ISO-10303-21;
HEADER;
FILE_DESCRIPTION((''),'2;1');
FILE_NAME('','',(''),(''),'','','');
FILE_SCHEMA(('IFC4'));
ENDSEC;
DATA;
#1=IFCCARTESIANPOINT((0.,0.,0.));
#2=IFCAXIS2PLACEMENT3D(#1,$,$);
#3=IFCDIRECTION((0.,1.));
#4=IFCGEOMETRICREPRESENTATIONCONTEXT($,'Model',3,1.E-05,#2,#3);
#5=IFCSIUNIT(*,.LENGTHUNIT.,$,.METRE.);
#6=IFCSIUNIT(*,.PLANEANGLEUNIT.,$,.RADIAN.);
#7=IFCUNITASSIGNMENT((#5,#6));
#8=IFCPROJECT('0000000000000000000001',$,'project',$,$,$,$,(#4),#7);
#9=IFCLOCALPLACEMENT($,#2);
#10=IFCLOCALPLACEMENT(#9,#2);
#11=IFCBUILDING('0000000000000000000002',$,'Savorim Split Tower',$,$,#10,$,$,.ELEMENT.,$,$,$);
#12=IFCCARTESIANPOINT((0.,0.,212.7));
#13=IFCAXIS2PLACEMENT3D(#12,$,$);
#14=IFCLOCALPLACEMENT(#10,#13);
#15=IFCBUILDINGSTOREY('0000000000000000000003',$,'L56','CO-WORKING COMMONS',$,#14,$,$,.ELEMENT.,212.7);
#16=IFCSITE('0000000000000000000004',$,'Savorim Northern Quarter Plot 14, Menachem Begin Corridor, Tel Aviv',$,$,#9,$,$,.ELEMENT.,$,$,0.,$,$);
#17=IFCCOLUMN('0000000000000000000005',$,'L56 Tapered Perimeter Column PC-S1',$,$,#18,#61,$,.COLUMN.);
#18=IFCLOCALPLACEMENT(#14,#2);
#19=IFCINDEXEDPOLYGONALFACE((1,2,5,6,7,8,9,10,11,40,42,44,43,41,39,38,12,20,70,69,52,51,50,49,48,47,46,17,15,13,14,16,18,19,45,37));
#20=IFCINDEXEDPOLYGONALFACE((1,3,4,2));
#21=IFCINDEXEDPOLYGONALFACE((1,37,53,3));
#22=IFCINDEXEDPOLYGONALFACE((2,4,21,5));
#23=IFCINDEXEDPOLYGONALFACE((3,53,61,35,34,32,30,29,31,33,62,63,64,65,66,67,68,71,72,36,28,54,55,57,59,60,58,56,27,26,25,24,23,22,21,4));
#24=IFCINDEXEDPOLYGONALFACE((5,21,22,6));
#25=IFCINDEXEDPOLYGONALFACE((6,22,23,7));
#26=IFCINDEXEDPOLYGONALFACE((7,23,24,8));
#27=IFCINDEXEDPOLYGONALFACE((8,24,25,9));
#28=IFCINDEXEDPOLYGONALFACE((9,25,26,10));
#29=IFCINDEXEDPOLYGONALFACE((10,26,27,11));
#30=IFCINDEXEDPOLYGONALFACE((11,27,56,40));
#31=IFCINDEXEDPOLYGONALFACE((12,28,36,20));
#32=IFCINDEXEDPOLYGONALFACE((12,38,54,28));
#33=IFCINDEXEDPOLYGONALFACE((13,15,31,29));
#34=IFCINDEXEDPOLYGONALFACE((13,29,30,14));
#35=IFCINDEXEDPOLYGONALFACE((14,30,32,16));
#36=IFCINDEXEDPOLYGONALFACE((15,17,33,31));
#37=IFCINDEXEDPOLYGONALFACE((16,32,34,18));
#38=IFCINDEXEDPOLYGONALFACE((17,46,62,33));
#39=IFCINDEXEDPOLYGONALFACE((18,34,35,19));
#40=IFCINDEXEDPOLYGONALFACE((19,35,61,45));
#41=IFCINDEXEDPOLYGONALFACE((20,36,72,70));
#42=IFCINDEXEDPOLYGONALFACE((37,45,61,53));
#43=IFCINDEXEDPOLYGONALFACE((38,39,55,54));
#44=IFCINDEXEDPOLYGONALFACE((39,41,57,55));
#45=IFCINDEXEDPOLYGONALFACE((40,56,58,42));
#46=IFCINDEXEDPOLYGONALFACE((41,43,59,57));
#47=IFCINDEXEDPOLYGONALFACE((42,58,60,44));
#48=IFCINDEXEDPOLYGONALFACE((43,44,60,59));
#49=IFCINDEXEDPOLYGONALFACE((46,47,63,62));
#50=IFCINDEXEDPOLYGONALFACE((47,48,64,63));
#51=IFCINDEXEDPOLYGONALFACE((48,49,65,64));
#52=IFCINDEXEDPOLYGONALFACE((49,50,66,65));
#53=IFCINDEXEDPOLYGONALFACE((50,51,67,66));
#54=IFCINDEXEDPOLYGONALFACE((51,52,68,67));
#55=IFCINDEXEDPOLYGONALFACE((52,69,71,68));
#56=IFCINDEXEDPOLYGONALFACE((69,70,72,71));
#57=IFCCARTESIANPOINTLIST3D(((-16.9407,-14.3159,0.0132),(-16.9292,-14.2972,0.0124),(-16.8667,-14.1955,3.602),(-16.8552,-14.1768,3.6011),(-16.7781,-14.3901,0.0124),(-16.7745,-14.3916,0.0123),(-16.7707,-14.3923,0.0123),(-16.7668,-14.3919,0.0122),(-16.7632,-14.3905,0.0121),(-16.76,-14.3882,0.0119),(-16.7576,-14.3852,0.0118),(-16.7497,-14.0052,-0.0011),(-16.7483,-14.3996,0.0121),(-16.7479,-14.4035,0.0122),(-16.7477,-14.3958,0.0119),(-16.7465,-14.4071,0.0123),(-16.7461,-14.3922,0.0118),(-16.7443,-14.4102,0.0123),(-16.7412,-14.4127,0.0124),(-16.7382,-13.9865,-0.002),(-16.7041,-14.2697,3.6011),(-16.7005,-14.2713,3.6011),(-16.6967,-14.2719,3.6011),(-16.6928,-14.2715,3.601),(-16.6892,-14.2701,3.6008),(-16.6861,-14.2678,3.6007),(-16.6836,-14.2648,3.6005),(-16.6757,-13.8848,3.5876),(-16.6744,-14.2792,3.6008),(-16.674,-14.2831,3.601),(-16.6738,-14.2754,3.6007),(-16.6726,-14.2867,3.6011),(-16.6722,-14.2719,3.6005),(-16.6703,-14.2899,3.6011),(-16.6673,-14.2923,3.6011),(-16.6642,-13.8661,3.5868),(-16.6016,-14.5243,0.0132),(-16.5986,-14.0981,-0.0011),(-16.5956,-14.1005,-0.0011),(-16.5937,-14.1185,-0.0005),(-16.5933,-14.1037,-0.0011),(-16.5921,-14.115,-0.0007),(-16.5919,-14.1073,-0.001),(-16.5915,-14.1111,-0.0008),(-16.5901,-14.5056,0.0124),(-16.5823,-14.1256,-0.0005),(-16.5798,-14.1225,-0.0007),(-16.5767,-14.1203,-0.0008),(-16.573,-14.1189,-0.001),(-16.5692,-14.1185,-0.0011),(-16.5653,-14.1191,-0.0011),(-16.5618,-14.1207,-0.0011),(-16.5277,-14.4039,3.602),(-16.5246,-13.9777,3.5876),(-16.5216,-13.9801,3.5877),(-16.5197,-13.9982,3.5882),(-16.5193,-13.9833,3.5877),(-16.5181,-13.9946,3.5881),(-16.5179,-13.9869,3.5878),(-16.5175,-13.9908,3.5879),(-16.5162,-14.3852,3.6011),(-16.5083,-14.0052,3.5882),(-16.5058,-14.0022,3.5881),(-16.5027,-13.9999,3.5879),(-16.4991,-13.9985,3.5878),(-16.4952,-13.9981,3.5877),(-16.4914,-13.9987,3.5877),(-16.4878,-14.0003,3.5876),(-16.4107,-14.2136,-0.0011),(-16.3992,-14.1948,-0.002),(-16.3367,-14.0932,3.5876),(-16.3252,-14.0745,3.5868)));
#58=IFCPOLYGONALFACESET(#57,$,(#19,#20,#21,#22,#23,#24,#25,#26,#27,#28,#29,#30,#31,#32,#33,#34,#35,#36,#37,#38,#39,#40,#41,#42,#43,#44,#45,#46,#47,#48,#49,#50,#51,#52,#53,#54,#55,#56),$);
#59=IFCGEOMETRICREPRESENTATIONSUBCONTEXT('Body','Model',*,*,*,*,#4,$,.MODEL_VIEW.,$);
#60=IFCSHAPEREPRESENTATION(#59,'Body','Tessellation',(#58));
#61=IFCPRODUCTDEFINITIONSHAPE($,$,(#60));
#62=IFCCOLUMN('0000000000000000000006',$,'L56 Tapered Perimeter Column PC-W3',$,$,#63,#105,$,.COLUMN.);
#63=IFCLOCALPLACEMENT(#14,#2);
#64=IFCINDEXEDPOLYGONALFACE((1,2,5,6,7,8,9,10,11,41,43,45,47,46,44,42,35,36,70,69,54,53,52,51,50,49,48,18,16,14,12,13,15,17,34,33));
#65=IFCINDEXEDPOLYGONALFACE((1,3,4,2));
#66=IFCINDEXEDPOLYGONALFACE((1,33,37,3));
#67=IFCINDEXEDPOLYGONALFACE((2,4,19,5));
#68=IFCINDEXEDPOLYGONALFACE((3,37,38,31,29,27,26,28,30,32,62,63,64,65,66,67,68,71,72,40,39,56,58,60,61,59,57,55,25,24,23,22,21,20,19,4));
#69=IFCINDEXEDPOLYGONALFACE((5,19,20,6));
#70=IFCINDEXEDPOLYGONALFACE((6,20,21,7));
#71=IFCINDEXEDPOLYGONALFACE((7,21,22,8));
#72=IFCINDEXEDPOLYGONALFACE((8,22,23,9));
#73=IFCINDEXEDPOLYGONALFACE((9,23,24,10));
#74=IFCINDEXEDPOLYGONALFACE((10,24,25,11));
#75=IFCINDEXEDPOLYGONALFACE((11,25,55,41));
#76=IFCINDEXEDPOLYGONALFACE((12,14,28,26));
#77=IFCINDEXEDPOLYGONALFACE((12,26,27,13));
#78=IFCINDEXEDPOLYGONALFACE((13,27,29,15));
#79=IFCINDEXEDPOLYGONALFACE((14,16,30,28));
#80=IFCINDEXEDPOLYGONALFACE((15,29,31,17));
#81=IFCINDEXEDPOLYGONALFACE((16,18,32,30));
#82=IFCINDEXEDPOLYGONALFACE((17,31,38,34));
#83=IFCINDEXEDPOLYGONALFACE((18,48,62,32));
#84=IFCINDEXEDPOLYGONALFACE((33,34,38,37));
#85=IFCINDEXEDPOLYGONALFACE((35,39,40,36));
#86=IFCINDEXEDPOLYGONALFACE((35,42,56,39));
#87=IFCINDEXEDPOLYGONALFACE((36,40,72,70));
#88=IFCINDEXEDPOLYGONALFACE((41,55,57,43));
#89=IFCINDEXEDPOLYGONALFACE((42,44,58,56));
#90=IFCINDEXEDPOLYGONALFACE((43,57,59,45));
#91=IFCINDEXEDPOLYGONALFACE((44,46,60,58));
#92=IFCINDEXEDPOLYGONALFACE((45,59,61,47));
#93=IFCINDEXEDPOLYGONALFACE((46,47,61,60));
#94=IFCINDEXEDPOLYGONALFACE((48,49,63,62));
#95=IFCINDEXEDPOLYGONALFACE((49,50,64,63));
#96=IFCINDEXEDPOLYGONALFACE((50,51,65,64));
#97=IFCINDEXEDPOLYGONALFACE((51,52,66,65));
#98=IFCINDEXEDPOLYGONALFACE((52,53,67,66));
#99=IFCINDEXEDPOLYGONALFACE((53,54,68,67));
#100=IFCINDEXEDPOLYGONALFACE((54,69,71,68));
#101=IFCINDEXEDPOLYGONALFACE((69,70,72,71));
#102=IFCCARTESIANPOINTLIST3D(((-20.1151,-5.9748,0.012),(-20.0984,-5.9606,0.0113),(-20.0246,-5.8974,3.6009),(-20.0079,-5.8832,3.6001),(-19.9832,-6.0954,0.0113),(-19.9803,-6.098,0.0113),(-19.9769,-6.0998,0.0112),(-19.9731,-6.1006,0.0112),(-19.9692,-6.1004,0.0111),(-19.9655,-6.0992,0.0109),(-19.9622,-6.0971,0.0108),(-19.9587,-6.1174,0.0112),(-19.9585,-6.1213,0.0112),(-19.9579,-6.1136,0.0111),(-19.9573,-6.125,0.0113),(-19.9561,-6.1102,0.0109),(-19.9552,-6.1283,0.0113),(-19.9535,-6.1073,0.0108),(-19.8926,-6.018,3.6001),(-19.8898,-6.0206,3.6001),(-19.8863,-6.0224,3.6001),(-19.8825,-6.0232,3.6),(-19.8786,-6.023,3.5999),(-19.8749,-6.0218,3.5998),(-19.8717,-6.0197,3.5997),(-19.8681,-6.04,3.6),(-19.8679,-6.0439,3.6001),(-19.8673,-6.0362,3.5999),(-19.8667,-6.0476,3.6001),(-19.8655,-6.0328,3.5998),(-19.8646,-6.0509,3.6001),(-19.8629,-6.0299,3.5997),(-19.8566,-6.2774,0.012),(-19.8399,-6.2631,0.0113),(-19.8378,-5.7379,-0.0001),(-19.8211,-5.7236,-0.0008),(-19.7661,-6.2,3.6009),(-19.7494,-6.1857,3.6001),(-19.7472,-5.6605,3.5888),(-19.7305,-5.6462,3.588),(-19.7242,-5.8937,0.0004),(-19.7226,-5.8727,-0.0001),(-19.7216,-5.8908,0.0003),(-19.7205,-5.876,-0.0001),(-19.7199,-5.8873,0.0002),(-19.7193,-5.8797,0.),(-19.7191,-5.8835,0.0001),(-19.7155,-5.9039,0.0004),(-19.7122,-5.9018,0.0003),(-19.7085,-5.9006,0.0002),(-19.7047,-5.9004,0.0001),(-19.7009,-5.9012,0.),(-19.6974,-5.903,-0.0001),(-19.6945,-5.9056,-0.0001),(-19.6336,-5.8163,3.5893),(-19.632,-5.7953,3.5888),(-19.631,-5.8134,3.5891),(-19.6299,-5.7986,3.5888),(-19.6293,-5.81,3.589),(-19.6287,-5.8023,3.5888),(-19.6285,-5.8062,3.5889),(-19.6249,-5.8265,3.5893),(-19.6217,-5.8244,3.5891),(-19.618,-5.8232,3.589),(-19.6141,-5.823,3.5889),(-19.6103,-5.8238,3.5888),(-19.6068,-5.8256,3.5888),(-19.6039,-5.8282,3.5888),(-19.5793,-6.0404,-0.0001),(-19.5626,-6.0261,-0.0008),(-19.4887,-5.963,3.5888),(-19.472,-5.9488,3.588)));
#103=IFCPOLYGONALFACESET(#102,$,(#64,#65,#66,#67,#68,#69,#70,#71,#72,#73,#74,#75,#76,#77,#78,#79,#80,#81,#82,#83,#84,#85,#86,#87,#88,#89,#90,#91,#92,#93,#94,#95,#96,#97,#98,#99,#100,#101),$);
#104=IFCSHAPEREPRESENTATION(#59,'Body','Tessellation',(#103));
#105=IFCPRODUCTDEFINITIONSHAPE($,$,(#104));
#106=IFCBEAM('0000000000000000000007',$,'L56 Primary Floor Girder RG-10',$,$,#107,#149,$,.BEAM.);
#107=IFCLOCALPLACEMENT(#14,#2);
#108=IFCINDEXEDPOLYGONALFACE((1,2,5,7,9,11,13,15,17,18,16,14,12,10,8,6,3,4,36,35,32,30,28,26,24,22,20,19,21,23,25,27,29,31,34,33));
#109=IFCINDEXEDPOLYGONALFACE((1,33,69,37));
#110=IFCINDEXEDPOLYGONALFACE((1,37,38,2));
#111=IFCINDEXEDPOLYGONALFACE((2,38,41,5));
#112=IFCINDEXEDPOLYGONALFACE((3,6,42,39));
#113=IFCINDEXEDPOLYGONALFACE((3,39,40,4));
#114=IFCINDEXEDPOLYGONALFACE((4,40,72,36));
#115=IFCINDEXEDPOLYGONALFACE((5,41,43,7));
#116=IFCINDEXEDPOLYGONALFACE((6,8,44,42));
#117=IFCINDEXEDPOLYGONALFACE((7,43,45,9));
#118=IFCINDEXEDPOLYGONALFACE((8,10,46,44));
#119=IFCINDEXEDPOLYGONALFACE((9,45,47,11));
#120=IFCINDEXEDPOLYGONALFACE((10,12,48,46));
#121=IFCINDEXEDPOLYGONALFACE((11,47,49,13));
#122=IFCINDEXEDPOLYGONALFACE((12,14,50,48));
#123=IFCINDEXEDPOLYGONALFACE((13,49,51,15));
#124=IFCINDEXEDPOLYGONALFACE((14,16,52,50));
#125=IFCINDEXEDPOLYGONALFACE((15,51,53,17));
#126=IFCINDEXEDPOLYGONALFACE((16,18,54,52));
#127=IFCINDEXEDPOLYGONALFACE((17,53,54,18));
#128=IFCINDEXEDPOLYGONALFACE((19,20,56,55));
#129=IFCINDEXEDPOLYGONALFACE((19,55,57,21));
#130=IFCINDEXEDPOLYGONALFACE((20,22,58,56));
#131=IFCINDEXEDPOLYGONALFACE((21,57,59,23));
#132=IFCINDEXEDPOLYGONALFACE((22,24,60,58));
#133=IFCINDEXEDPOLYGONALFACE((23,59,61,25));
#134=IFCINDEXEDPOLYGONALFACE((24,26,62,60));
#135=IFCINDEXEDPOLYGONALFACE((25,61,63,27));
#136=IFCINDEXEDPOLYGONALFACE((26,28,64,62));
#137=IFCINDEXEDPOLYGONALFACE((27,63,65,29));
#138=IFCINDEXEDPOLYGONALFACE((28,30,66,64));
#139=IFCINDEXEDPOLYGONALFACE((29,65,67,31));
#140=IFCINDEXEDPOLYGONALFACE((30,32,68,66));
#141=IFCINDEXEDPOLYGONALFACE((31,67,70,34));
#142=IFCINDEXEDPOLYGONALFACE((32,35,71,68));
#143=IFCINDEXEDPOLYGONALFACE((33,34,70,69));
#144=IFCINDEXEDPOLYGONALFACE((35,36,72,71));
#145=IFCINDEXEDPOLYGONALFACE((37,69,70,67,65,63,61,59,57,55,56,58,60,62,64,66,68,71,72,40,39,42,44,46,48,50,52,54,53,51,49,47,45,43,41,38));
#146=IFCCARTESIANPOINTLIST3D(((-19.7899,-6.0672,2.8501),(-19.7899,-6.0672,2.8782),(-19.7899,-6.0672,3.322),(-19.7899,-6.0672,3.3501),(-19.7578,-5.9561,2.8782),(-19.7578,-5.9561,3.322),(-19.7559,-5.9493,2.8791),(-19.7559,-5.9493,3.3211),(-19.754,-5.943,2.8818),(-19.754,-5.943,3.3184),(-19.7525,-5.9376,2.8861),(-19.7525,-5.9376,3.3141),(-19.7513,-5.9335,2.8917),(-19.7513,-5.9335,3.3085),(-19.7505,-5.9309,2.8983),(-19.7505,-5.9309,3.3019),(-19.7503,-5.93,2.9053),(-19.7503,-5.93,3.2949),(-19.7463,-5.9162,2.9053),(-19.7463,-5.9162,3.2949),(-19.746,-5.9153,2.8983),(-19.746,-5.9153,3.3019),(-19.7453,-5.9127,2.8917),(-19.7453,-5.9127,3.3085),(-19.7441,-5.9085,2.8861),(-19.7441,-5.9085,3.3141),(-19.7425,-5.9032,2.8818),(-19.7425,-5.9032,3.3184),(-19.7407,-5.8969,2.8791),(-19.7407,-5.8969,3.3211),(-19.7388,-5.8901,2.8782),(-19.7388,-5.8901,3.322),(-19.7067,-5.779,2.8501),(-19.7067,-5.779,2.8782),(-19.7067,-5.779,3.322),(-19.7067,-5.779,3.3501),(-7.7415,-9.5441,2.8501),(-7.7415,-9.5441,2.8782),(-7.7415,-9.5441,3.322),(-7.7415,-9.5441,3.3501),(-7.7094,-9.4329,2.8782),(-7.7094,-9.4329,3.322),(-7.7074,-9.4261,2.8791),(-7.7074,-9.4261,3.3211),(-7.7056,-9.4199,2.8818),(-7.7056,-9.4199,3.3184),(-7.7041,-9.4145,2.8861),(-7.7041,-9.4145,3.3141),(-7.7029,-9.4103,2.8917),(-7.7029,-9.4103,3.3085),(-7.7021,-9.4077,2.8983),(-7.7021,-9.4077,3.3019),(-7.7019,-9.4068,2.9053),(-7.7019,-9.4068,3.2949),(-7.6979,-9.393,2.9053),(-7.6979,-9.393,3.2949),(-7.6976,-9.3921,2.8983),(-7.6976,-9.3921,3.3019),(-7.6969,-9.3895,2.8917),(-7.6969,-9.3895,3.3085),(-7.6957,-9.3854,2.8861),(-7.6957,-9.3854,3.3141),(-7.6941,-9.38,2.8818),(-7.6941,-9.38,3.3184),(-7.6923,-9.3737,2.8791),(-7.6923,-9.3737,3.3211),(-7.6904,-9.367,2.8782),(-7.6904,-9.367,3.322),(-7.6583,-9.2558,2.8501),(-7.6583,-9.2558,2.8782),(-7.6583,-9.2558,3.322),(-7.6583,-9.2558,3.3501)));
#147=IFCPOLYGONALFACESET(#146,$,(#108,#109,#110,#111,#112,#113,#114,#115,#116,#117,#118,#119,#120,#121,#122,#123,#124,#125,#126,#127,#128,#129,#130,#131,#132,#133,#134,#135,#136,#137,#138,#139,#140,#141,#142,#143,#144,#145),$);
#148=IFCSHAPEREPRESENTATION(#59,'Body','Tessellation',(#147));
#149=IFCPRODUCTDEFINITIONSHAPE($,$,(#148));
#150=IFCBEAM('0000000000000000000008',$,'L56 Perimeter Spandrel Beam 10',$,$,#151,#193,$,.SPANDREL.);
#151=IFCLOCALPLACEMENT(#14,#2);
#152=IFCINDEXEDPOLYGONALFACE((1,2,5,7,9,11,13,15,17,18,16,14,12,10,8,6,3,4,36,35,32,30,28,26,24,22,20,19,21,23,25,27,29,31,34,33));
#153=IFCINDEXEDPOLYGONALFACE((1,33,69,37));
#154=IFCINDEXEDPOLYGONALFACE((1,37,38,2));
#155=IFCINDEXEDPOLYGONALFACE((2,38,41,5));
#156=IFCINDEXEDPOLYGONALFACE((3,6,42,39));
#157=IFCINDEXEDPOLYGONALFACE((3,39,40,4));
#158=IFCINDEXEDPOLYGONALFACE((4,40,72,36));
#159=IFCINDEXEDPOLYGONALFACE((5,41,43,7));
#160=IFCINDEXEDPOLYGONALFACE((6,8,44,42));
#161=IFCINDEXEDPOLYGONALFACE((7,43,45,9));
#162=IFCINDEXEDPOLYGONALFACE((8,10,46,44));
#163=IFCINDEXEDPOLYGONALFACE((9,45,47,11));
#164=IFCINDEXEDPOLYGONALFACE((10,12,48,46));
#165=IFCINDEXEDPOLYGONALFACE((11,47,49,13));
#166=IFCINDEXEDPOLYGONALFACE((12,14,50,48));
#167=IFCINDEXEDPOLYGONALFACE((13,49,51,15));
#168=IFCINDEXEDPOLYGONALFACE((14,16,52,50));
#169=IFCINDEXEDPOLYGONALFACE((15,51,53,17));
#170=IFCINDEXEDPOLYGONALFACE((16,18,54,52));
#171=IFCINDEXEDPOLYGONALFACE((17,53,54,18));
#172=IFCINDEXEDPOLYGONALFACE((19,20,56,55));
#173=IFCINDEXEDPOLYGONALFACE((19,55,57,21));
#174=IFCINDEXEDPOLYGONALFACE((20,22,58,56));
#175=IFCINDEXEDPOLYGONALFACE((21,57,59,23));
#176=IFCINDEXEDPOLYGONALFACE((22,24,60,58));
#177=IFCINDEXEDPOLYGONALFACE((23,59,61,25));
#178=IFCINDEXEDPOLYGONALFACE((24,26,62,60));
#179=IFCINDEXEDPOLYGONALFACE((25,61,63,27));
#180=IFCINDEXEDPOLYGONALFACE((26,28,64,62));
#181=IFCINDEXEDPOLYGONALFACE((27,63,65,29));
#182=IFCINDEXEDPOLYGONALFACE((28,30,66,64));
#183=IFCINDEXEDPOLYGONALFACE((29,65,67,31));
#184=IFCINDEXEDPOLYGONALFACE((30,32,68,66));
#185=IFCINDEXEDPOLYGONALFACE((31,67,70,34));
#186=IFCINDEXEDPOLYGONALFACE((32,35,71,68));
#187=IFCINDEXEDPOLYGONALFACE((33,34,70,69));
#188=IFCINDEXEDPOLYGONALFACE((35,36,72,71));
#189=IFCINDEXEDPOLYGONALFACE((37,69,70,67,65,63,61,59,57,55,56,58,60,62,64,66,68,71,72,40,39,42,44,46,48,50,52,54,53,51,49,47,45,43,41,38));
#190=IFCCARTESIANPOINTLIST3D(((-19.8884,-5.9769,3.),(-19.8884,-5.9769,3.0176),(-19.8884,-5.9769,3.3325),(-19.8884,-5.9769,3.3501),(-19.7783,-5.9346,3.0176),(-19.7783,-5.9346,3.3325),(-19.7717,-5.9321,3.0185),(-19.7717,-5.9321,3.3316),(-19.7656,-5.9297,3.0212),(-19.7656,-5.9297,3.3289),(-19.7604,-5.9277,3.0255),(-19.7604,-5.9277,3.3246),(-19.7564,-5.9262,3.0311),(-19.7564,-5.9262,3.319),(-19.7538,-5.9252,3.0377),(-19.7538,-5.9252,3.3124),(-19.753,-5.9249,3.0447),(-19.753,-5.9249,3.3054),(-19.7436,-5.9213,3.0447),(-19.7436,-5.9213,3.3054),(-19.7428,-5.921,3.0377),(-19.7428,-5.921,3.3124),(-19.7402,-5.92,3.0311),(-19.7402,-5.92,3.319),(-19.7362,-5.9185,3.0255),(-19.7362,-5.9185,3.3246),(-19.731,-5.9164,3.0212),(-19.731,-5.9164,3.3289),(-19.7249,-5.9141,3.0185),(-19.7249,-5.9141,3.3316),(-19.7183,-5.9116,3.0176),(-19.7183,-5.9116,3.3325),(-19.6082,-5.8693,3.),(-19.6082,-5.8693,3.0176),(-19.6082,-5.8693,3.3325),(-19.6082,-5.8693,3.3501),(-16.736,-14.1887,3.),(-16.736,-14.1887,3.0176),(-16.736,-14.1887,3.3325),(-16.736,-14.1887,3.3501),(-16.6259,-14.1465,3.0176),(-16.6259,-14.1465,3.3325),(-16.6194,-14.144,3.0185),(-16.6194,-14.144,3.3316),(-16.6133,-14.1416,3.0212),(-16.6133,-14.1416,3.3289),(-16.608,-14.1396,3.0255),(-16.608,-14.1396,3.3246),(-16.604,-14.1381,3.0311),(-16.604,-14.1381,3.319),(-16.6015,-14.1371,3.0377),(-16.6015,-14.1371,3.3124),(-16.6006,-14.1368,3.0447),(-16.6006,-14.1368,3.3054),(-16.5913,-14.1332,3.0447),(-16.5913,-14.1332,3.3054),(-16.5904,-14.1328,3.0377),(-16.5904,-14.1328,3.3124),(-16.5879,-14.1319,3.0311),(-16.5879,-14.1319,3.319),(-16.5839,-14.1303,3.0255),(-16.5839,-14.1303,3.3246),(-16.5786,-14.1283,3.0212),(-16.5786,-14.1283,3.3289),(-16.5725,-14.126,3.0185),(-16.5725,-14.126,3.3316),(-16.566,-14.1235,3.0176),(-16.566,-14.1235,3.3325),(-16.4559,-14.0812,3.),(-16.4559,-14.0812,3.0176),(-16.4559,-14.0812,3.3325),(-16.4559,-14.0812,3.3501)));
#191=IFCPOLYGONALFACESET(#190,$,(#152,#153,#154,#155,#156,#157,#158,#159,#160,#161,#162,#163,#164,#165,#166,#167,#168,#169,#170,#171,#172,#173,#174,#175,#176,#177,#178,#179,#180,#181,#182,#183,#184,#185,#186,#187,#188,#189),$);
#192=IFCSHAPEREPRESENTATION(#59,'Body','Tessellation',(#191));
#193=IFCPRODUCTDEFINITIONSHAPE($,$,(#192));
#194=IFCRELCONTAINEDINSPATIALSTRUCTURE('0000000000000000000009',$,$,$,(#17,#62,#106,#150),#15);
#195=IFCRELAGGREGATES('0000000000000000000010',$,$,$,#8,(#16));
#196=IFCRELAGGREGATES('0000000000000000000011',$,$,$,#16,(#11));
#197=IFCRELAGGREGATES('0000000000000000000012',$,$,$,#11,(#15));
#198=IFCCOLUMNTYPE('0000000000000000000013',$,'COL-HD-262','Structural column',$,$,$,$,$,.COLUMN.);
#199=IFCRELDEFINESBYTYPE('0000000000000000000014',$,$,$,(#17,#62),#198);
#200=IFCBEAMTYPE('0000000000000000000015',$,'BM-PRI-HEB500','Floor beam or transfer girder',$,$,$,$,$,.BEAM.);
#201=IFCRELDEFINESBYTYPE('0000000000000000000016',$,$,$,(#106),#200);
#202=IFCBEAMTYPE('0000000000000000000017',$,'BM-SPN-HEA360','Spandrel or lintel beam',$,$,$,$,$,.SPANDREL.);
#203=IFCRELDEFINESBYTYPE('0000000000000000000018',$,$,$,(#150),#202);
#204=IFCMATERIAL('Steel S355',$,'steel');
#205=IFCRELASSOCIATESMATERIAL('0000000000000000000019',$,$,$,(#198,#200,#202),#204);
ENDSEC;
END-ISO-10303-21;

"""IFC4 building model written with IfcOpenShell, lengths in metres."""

from ifc_helpers import new_model, si_unit, direction, frame, origin, origin_2d, place, context, subcontext, project, spatial, i_section, extrude, material, material_profile, profile_set, type_object, element, save


model = new_model("IFC4")

# Units and contexts
model_context = context("Model", 3, precision=1e-05, world=origin(), true_north=direction((0.0, 1.0)))
body_context = subcontext(model_context, "Body", "Model", "MODEL_VIEW")
ifc_project = project(units=[si_unit("LENGTHUNIT", "METRE"), si_unit("PLANEANGLEUNIT", "RADIAN")], contexts=[model_context])

# Site, building, storey
site_placement = place(None, origin())
site = spatial("IfcSite", under=ifc_project, at=site_placement, Name="Savorim Northern Quarter Plot 14, Menachem Begin Corridor, Tel Aviv", CompositionType="ELEMENT", RefElevation=0.0)
building_placement = place(site_placement, origin())
building = spatial("IfcBuilding", under=site, at=building_placement, Name="Savorim Split Tower", CompositionType="ELEMENT")
storey_placement = place(building_placement, frame((0.0, 0.0, 212.7)))
storey = spatial("IfcBuildingStorey", under=building, at=storey_placement, Name="L56", Description="CO-WORKING COMMONS", CompositionType="ELEMENT", Elevation=212.7)

# Columns
ifc_material_1 = material(Name="Steel S355", Category="steel")
ifc_material_profile_1 = material_profile(ifc_material_1, i_section(OverallWidth=0.3979, OverallDepth=0.387, WebThickness=0.0134, FlangeThickness=0.022, FilletRadius=0.0149, at=origin_2d()), Name="HD 400x262")
ifc_profile_set_1 = profile_set([ifc_material_profile_1], Name="Steel S355")
column_type = type_object("IfcColumnType", Name="COL-HD-262", Description="Structural column", PredefinedType="COLUMN", material=ifc_profile_set_1)
column_1_placement = place(storey_placement, frame((-16.6699, -14.2554, 0.0056), z_axis=(0.020596, 0.033511, 0.999226), x_axis=(-0.851955, 0.523615, 0.0)))
element("IfcColumn", 1, at=column_1_placement, inside=storey, type_object=column_type, Name="L56 Tapered Perimeter Column PC-S1", PredefinedType="COLUMN", context=body_context, shape_type="SweptSolid", body=[
    extrude(i_section(OverallWidth=0.3979, OverallDepth=0.387, WebThickness=0.0134, FlangeThickness=0.022, FilletRadius=0.0149, at=origin_2d()), origin(), (0.0, 0.0, 1.0), 3.5916),
])
column_2_placement = place(storey_placement, frame((-19.8389, -6.0005, 0.0056), z_axis=(0.025224, 0.021553, 0.999449), x_axis=(-0.649609, 0.760268, 0.0)))
element("IfcColumn", 2, at=column_2_placement, inside=storey, type_object=column_type, Name="L56 Tapered Perimeter Column PC-W3", PredefinedType="COLUMN", context=body_context, shape_type="SweptSolid", body=[
    extrude(i_section(OverallWidth=0.3979, OverallDepth=0.387, WebThickness=0.0134, FlangeThickness=0.022, FilletRadius=0.0149, at=origin_2d()), origin(), (0.0, 0.0, 1.0), 3.5908),
])

# Beams
ifc_material_profile_2 = material_profile(ifc_material_1, i_section(OverallWidth=0.3, OverallDepth=0.5, WebThickness=0.0144, FlangeThickness=0.0281, FilletRadius=0.0271, at=origin_2d()), Name="HEB 500")
ifc_profile_set_2 = profile_set([ifc_material_profile_2], Name="Steel S355")
beam_type_1 = type_object("IfcBeamType", Name="BM-PRI-HEB500", Description="Floor beam or transfer girder", PredefinedType="BEAM", material=ifc_profile_set_2)
beam_1_placement = place(storey_placement, frame((-19.7483, -5.9231, 3.1001), z_axis=(0.960795, -0.277258, 0.0), x_axis=(0.277258, 0.960795, 0.0)))
element("IfcBeam", 3, at=beam_1_placement, inside=storey, type_object=beam_type_1, Name="L56 Primary Floor Girder RG-10", PredefinedType="BEAM", context=body_context, shape_type="SweptSolid", body=[
    extrude(i_section(OverallWidth=0.3, OverallDepth=0.5, WebThickness=0.0144, FlangeThickness=0.0281, FilletRadius=0.0271, at=origin_2d()), origin(), (0.0, 0.0, 1.0), 12.54),
])
ifc_material_profile_3 = material_profile(ifc_material_1, i_section(OverallWidth=0.3, OverallDepth=0.3501, WebThickness=0.01, FlangeThickness=0.0176, FilletRadius=0.0271, at=origin_2d()), Name="HEA 360")
ifc_profile_set_3 = profile_set([ifc_material_profile_3], Name="Steel S355")
beam_type_2 = type_object("IfcBeamType", Name="BM-SPN-HEA360", Description="Spandrel or lintel beam", PredefinedType="SPANDREL", material=ifc_profile_set_3)
beam_2_placement = place(storey_placement, frame((-19.7483, -5.9231, 3.175), z_axis=(0.358376, -0.933577, 0.0), x_axis=(0.933577, 0.358376, 0.0)))
element("IfcBeam", 4, at=beam_2_placement, inside=storey, type_object=beam_type_2, Name="L56 Perimeter Spandrel Beam 10", PredefinedType="SPANDREL", context=body_context, shape_type="SweptSolid", body=[
    extrude(i_section(OverallWidth=0.3, OverallDepth=0.3501, WebThickness=0.01, FlangeThickness=0.0176, FilletRadius=0.0271, at=origin_2d()), origin(), (0.0, 0.0, 1.0), 8.7961),
])

save(model, "model.ifc")
